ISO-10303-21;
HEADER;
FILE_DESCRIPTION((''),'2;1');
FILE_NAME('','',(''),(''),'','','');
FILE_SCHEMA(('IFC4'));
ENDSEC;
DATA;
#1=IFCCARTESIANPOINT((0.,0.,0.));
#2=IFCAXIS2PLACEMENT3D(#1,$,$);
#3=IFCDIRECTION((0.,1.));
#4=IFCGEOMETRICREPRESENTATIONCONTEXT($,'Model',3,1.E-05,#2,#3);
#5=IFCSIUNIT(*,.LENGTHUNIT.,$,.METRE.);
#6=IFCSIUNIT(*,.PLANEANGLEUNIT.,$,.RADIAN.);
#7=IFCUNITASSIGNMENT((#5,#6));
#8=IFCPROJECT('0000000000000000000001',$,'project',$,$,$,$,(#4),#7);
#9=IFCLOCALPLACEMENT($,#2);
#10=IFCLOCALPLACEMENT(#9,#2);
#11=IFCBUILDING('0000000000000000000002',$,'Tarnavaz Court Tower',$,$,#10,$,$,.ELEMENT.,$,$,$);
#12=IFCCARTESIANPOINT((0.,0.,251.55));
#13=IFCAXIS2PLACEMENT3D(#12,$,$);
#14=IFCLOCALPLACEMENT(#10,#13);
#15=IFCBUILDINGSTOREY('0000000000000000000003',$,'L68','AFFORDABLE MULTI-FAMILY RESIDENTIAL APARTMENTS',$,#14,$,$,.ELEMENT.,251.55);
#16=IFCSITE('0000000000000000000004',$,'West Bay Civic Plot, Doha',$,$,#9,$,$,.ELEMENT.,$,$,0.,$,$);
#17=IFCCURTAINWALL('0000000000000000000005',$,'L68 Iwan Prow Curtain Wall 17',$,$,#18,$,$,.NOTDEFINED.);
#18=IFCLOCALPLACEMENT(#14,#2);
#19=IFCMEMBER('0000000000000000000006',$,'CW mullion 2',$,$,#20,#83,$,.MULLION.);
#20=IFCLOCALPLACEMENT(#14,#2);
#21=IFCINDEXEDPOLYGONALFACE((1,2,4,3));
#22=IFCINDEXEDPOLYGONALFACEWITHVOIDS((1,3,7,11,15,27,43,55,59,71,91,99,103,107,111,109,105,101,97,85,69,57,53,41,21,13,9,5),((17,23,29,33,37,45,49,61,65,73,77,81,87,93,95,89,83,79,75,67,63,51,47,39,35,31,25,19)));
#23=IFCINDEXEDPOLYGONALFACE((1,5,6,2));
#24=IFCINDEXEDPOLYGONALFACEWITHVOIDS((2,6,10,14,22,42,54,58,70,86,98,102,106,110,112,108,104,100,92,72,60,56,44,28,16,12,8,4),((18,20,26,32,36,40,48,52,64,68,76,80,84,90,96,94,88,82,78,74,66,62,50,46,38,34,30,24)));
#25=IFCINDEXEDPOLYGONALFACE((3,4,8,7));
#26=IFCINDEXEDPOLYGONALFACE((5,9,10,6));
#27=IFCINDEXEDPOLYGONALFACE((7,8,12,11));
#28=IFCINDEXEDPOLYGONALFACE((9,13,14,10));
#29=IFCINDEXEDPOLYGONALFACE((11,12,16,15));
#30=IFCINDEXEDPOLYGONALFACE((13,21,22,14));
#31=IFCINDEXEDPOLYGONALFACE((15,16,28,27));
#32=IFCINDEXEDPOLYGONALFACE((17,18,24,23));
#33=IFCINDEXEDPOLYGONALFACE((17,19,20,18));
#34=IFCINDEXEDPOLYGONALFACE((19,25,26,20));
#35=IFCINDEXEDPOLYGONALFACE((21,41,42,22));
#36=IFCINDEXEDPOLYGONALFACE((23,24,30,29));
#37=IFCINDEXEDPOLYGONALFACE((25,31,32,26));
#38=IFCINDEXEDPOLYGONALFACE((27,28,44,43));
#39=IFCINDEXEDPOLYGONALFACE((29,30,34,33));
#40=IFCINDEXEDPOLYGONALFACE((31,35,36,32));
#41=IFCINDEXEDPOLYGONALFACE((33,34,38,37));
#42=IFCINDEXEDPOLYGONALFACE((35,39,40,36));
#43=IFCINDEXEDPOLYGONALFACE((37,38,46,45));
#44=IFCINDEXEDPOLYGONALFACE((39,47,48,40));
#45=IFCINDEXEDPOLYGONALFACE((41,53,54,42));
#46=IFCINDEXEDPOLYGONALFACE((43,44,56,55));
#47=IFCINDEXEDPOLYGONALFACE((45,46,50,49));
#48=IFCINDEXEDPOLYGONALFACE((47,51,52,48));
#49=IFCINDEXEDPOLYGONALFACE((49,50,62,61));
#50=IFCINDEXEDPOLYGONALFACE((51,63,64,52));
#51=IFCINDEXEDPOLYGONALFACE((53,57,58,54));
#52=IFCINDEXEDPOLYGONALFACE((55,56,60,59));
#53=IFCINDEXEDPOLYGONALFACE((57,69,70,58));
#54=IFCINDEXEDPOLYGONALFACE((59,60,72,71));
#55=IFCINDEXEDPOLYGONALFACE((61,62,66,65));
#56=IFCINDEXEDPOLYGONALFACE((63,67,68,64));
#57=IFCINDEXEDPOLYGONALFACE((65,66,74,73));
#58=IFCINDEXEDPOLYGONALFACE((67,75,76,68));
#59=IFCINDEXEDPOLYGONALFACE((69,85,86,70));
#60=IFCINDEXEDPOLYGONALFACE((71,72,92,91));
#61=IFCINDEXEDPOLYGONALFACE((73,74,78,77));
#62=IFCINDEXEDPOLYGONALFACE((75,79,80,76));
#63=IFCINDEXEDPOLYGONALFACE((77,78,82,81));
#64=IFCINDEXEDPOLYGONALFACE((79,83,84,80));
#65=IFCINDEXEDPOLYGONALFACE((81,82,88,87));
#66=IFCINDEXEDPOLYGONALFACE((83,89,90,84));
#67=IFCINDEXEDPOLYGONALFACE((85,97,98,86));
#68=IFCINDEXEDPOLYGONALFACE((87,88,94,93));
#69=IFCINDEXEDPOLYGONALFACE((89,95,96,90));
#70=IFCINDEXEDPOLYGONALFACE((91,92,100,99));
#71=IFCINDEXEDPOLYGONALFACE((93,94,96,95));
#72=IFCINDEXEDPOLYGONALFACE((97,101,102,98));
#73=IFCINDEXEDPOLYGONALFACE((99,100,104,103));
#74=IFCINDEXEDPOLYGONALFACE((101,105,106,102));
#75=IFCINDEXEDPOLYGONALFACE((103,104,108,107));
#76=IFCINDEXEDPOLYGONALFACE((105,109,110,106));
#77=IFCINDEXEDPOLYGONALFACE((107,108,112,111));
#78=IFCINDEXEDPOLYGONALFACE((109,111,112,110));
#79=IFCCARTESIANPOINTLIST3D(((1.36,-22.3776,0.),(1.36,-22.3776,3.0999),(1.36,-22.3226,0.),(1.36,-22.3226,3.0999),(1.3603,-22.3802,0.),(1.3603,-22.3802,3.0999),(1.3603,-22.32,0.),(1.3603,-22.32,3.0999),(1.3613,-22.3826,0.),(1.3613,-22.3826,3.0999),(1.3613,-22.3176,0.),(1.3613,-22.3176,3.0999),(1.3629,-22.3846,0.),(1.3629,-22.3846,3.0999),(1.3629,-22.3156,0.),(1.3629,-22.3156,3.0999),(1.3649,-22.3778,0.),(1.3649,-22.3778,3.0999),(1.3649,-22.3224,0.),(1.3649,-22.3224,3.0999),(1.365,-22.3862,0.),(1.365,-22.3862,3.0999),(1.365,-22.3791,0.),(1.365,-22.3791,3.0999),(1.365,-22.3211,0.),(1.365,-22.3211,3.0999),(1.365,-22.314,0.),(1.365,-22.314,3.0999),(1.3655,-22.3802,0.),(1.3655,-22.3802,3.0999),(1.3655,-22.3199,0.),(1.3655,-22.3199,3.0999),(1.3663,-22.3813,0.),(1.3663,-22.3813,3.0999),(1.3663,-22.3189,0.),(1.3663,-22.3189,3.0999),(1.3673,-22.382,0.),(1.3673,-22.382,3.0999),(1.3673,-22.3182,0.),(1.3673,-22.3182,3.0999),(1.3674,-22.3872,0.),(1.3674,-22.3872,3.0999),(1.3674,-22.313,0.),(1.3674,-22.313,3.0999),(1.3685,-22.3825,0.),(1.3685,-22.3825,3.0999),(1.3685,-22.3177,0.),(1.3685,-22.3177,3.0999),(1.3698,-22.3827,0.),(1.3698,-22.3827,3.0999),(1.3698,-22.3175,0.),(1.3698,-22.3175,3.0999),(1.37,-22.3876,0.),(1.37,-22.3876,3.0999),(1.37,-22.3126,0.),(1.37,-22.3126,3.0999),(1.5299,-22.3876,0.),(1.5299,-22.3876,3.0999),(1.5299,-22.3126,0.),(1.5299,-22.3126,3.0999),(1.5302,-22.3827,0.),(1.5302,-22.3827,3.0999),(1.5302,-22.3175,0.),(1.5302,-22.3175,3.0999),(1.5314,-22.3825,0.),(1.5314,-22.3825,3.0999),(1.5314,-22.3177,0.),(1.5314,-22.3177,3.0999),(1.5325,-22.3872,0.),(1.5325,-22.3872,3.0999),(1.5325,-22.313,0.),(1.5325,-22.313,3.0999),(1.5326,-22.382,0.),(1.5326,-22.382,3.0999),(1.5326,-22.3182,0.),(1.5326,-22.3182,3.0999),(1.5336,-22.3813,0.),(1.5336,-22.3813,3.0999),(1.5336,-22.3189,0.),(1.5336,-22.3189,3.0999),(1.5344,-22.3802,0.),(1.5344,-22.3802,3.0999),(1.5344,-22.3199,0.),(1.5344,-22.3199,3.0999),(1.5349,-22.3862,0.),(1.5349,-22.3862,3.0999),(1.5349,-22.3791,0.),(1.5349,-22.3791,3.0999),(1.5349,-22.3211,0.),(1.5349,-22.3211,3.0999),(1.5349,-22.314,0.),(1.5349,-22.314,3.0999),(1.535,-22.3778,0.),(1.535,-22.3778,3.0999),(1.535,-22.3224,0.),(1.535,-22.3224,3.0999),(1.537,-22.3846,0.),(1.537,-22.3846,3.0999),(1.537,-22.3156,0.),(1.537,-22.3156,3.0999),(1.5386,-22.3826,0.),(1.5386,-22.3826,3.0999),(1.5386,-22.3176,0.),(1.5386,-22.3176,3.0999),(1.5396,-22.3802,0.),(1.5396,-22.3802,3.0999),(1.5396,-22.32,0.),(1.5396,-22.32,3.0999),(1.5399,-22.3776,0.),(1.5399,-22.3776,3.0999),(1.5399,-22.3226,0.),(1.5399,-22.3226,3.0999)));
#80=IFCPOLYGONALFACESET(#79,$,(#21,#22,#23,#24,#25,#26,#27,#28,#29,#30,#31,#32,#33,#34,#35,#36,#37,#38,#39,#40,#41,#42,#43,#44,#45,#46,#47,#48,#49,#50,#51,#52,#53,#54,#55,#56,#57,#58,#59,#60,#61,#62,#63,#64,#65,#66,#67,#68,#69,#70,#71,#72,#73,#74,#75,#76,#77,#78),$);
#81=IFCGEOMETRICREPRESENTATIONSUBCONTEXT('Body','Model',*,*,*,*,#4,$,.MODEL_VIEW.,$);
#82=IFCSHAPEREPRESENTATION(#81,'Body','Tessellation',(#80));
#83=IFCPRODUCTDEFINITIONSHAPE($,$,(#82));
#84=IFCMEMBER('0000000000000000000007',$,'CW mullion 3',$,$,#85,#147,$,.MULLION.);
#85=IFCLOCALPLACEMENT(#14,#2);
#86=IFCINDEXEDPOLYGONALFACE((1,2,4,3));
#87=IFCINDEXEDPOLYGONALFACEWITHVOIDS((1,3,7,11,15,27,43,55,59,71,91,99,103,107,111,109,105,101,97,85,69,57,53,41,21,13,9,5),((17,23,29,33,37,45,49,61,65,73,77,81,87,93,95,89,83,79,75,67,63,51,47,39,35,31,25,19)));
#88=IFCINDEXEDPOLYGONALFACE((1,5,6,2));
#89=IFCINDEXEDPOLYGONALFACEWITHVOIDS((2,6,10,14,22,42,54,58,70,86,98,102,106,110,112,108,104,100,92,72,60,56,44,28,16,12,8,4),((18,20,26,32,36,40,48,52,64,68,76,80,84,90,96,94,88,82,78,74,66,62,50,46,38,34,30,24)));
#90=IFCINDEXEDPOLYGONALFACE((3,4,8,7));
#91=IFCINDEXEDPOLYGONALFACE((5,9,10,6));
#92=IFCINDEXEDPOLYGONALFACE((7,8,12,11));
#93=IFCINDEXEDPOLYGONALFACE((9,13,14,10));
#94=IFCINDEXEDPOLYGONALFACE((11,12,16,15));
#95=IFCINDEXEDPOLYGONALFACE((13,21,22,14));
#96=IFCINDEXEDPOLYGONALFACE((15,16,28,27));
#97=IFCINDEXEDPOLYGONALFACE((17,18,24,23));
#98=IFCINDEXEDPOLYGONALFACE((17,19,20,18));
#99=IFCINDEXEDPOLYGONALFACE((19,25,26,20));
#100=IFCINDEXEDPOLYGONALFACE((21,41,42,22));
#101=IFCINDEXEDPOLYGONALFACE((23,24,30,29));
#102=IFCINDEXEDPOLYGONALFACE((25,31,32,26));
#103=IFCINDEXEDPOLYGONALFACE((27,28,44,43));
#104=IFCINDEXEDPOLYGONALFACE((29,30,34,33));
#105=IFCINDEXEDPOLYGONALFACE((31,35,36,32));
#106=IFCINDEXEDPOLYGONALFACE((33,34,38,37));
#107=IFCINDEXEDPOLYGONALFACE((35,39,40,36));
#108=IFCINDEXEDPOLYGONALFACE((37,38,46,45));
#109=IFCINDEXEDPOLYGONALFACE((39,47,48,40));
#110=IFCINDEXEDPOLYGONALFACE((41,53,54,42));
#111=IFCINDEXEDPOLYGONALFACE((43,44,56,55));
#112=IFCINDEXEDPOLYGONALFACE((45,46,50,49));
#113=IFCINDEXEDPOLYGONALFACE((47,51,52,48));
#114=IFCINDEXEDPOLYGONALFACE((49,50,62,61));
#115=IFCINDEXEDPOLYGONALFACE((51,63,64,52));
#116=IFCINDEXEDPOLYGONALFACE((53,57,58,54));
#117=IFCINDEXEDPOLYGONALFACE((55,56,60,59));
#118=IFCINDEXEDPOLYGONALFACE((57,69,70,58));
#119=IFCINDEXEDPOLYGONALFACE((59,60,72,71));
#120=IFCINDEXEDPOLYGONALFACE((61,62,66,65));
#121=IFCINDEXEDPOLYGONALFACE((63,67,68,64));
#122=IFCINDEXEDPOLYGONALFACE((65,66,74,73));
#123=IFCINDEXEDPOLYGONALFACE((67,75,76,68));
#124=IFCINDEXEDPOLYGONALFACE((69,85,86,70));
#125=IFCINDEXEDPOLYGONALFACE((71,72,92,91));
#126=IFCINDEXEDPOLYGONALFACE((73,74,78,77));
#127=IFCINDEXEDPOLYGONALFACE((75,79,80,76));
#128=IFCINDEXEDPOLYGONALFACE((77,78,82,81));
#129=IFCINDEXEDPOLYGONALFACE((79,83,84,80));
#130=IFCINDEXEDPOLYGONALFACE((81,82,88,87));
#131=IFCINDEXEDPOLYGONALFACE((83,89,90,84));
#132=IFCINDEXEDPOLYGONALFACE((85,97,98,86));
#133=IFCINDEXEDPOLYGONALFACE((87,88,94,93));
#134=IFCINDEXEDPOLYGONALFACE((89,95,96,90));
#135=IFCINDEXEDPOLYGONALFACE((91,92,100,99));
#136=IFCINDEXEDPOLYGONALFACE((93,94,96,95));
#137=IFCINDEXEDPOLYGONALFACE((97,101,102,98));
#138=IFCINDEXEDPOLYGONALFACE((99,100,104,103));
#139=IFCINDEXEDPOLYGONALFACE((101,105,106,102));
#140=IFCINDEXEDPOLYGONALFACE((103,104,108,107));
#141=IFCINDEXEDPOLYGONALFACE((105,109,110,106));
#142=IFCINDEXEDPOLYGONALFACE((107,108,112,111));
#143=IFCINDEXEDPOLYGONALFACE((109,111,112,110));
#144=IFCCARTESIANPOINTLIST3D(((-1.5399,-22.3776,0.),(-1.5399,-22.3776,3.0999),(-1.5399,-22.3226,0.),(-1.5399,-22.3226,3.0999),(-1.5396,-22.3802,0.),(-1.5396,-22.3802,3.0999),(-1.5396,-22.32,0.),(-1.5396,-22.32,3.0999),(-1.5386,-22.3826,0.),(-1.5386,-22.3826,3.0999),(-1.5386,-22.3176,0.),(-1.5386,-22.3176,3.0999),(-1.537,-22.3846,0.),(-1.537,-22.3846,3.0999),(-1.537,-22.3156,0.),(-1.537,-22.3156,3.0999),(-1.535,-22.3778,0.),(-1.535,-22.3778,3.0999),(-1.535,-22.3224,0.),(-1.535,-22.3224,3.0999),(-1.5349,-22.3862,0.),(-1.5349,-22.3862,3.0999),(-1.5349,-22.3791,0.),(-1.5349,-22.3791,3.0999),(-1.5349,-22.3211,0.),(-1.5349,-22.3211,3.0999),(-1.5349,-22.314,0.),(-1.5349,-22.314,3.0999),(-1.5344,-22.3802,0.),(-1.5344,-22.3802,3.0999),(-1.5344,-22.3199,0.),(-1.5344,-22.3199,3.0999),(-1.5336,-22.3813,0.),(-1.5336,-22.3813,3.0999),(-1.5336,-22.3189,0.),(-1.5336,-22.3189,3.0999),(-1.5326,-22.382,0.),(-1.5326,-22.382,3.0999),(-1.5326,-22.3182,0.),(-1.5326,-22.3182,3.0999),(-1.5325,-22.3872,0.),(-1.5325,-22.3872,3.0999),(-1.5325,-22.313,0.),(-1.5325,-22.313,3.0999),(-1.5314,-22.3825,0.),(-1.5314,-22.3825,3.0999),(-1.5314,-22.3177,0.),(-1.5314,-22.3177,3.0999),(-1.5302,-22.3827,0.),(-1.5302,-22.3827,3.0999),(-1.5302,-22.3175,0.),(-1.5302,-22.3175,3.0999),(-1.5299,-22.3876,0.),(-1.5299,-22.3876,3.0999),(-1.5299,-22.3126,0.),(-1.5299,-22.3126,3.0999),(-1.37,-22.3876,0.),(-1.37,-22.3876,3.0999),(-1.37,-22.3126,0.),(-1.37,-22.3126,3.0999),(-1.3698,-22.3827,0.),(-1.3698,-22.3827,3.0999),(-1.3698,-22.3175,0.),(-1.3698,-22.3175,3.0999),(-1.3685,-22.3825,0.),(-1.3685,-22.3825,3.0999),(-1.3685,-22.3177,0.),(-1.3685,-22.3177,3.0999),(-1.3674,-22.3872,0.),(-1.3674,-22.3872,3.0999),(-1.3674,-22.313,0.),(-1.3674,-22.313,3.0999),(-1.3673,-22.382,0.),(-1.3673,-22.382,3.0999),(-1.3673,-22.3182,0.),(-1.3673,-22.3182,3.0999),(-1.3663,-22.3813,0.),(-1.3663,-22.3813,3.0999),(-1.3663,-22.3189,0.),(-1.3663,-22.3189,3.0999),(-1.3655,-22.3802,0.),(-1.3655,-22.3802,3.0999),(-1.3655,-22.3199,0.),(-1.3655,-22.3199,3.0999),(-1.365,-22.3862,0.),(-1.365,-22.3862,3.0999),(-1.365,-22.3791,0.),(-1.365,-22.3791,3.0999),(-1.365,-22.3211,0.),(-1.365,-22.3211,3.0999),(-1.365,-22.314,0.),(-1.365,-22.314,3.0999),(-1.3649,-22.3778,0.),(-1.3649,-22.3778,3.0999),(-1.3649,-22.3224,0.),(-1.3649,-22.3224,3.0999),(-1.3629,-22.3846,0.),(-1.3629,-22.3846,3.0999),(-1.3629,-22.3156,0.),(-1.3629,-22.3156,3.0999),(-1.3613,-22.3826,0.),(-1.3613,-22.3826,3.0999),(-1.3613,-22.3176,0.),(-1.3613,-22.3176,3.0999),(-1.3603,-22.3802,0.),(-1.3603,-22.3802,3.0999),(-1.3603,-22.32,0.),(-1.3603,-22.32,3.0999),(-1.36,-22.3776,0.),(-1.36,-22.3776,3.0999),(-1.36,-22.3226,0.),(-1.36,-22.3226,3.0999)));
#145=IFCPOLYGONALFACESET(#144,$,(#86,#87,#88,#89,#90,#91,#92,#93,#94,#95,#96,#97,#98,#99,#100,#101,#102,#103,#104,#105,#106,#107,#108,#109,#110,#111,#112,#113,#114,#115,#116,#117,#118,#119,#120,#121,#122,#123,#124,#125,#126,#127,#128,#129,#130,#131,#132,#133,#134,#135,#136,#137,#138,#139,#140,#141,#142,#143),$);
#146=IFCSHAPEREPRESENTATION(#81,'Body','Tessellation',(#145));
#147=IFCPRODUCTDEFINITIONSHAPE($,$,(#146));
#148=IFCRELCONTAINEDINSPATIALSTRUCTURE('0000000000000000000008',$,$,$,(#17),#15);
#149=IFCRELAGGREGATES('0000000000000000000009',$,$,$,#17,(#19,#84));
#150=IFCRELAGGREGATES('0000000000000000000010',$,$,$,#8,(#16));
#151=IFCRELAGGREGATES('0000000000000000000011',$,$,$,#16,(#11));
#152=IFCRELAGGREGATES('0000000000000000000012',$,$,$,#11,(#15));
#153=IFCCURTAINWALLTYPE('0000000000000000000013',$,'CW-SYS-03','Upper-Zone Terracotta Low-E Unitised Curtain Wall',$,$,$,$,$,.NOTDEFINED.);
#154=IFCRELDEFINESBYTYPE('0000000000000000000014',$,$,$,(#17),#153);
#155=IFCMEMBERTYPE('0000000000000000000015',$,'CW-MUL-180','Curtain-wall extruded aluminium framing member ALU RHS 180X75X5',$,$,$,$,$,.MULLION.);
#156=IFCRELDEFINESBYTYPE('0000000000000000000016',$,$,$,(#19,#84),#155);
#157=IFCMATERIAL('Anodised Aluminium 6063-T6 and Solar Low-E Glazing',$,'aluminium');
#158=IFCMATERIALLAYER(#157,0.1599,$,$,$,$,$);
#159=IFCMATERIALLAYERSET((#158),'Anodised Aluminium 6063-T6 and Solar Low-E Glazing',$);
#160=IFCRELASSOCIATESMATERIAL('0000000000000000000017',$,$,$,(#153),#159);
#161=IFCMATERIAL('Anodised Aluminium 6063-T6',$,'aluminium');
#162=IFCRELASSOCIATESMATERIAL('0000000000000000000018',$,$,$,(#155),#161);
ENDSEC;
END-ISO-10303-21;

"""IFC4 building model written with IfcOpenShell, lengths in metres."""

from ifc_helpers import new_model, si_unit, direction, frame, origin, origin_2d, place, context, subcontext, project, spatial, hollow_rectangle, extrude, material, layer, layer_set, material_profile, profile_set, type_object, element, aggregate, save


model = new_model("IFC4")

# Units and contexts
model_context = context("Model", 3, precision=1e-05, world=origin(), true_north=direction((0.0, 1.0)))
body_context = subcontext(model_context, "Body", "Model", "MODEL_VIEW")
ifc_project = project(units=[si_unit("LENGTHUNIT", "METRE"), si_unit("PLANEANGLEUNIT", "RADIAN")], contexts=[model_context])

# Site, building, storey
site_placement = place(None, origin())
site = spatial("IfcSite", under=ifc_project, at=site_placement, Name="West Bay Civic Plot, Doha", CompositionType="ELEMENT", RefElevation=0.0)
building_placement = place(site_placement, origin())
building = spatial("IfcBuilding", under=site, at=building_placement, Name="Tarnavaz Court Tower", CompositionType="ELEMENT")
storey_placement = place(building_placement, frame((0.0, 0.0, 251.55)))
storey = spatial("IfcBuildingStorey", under=building, at=storey_placement, Name="L68", Description="AFFORDABLE MULTI-FAMILY RESIDENTIAL APARTMENTS", CompositionType="ELEMENT", Elevation=251.55)

# Curtain wall, members
ifc_material_1 = material(Name="Anodised Aluminium 6063-T6 and Solar Low-E Glazing", Category="aluminium")
ifc_layer_1 = layer(ifc_material_1, 0.1599)
ifc_layer_set_1 = layer_set([ifc_layer_1], Name="Anodised Aluminium 6063-T6 and Solar Low-E Glazing")
curtain_wall_type = type_object("IfcCurtainWallType", Name="CW-SYS-03", Description="Upper-Zone Terracotta Low-E Unitised Curtain Wall", PredefinedType="NOTDEFINED", material=ifc_layer_set_1)
curtain_wall_placement = place(storey_placement, origin())
curtain_wall = element("IfcCurtainWall", 1, at=curtain_wall_placement, inside=storey, type_object=curtain_wall_type, Name="L68 Iwan Prow Curtain Wall 17", PredefinedType="NOTDEFINED")
ifc_material_2 = material(Name="Anodised Aluminium 6063-T6", Category="aluminium")
ifc_material_profile_1 = material_profile(ifc_material_2, hollow_rectangle(XDim=0.075, YDim=0.1799, WallThickness=0.0049, InnerFilletRadius=0.0049, OuterFilletRadius=0.01, at=origin_2d()), Name="ALU RHS 180X75X5")
ifc_profile_set_1 = profile_set([ifc_material_profile_1], Name="Anodised Aluminium 6063-T6")
member_type_1 = type_object("IfcMemberType", Name="CW-MUL-180", Description="Curtain-wall extruded aluminium framing member ALU RHS 180X75X5", PredefinedType="MULLION", material=ifc_profile_set_1)
member_1_placement = place(storey_placement, frame((1.45, -22.3501, 0.0), z_axis=(0.0, 0.0, 1.0), x_axis=(0.0, -1.0, 0.0)))
member_1 = element("IfcMember", 2, at=member_1_placement, type_object=member_type_1, Name="CW mullion 2", PredefinedType="MULLION", context=body_context, shape_type="SweptSolid", body=[
    extrude(hollow_rectangle(XDim=0.075, YDim=0.1799, WallThickness=0.0049, InnerFilletRadius=0.0049, OuterFilletRadius=0.01, at=origin_2d()), origin(), (0.0, 0.0, 1.0), 3.0999),
])
member_2_placement = place(storey_placement, frame((-1.45, -22.3501, 0.0), z_axis=(0.0, 0.0, 1.0), x_axis=(0.0, -1.0, 0.0)))
member_2 = element("IfcMember", 3, at=member_2_placement, type_object=member_type_1, Name="CW mullion 3", PredefinedType="MULLION", context=body_context, shape_type="SweptSolid", body=[
    extrude(hollow_rectangle(XDim=0.075, YDim=0.1799, WallThickness=0.0049, InnerFilletRadius=0.0049, OuterFilletRadius=0.01, at=origin_2d()), origin(), (0.0, 0.0, 1.0), 3.0999),
])
aggregate(curtain_wall, [member_1, member_2])

save(model, "model.ifc")
